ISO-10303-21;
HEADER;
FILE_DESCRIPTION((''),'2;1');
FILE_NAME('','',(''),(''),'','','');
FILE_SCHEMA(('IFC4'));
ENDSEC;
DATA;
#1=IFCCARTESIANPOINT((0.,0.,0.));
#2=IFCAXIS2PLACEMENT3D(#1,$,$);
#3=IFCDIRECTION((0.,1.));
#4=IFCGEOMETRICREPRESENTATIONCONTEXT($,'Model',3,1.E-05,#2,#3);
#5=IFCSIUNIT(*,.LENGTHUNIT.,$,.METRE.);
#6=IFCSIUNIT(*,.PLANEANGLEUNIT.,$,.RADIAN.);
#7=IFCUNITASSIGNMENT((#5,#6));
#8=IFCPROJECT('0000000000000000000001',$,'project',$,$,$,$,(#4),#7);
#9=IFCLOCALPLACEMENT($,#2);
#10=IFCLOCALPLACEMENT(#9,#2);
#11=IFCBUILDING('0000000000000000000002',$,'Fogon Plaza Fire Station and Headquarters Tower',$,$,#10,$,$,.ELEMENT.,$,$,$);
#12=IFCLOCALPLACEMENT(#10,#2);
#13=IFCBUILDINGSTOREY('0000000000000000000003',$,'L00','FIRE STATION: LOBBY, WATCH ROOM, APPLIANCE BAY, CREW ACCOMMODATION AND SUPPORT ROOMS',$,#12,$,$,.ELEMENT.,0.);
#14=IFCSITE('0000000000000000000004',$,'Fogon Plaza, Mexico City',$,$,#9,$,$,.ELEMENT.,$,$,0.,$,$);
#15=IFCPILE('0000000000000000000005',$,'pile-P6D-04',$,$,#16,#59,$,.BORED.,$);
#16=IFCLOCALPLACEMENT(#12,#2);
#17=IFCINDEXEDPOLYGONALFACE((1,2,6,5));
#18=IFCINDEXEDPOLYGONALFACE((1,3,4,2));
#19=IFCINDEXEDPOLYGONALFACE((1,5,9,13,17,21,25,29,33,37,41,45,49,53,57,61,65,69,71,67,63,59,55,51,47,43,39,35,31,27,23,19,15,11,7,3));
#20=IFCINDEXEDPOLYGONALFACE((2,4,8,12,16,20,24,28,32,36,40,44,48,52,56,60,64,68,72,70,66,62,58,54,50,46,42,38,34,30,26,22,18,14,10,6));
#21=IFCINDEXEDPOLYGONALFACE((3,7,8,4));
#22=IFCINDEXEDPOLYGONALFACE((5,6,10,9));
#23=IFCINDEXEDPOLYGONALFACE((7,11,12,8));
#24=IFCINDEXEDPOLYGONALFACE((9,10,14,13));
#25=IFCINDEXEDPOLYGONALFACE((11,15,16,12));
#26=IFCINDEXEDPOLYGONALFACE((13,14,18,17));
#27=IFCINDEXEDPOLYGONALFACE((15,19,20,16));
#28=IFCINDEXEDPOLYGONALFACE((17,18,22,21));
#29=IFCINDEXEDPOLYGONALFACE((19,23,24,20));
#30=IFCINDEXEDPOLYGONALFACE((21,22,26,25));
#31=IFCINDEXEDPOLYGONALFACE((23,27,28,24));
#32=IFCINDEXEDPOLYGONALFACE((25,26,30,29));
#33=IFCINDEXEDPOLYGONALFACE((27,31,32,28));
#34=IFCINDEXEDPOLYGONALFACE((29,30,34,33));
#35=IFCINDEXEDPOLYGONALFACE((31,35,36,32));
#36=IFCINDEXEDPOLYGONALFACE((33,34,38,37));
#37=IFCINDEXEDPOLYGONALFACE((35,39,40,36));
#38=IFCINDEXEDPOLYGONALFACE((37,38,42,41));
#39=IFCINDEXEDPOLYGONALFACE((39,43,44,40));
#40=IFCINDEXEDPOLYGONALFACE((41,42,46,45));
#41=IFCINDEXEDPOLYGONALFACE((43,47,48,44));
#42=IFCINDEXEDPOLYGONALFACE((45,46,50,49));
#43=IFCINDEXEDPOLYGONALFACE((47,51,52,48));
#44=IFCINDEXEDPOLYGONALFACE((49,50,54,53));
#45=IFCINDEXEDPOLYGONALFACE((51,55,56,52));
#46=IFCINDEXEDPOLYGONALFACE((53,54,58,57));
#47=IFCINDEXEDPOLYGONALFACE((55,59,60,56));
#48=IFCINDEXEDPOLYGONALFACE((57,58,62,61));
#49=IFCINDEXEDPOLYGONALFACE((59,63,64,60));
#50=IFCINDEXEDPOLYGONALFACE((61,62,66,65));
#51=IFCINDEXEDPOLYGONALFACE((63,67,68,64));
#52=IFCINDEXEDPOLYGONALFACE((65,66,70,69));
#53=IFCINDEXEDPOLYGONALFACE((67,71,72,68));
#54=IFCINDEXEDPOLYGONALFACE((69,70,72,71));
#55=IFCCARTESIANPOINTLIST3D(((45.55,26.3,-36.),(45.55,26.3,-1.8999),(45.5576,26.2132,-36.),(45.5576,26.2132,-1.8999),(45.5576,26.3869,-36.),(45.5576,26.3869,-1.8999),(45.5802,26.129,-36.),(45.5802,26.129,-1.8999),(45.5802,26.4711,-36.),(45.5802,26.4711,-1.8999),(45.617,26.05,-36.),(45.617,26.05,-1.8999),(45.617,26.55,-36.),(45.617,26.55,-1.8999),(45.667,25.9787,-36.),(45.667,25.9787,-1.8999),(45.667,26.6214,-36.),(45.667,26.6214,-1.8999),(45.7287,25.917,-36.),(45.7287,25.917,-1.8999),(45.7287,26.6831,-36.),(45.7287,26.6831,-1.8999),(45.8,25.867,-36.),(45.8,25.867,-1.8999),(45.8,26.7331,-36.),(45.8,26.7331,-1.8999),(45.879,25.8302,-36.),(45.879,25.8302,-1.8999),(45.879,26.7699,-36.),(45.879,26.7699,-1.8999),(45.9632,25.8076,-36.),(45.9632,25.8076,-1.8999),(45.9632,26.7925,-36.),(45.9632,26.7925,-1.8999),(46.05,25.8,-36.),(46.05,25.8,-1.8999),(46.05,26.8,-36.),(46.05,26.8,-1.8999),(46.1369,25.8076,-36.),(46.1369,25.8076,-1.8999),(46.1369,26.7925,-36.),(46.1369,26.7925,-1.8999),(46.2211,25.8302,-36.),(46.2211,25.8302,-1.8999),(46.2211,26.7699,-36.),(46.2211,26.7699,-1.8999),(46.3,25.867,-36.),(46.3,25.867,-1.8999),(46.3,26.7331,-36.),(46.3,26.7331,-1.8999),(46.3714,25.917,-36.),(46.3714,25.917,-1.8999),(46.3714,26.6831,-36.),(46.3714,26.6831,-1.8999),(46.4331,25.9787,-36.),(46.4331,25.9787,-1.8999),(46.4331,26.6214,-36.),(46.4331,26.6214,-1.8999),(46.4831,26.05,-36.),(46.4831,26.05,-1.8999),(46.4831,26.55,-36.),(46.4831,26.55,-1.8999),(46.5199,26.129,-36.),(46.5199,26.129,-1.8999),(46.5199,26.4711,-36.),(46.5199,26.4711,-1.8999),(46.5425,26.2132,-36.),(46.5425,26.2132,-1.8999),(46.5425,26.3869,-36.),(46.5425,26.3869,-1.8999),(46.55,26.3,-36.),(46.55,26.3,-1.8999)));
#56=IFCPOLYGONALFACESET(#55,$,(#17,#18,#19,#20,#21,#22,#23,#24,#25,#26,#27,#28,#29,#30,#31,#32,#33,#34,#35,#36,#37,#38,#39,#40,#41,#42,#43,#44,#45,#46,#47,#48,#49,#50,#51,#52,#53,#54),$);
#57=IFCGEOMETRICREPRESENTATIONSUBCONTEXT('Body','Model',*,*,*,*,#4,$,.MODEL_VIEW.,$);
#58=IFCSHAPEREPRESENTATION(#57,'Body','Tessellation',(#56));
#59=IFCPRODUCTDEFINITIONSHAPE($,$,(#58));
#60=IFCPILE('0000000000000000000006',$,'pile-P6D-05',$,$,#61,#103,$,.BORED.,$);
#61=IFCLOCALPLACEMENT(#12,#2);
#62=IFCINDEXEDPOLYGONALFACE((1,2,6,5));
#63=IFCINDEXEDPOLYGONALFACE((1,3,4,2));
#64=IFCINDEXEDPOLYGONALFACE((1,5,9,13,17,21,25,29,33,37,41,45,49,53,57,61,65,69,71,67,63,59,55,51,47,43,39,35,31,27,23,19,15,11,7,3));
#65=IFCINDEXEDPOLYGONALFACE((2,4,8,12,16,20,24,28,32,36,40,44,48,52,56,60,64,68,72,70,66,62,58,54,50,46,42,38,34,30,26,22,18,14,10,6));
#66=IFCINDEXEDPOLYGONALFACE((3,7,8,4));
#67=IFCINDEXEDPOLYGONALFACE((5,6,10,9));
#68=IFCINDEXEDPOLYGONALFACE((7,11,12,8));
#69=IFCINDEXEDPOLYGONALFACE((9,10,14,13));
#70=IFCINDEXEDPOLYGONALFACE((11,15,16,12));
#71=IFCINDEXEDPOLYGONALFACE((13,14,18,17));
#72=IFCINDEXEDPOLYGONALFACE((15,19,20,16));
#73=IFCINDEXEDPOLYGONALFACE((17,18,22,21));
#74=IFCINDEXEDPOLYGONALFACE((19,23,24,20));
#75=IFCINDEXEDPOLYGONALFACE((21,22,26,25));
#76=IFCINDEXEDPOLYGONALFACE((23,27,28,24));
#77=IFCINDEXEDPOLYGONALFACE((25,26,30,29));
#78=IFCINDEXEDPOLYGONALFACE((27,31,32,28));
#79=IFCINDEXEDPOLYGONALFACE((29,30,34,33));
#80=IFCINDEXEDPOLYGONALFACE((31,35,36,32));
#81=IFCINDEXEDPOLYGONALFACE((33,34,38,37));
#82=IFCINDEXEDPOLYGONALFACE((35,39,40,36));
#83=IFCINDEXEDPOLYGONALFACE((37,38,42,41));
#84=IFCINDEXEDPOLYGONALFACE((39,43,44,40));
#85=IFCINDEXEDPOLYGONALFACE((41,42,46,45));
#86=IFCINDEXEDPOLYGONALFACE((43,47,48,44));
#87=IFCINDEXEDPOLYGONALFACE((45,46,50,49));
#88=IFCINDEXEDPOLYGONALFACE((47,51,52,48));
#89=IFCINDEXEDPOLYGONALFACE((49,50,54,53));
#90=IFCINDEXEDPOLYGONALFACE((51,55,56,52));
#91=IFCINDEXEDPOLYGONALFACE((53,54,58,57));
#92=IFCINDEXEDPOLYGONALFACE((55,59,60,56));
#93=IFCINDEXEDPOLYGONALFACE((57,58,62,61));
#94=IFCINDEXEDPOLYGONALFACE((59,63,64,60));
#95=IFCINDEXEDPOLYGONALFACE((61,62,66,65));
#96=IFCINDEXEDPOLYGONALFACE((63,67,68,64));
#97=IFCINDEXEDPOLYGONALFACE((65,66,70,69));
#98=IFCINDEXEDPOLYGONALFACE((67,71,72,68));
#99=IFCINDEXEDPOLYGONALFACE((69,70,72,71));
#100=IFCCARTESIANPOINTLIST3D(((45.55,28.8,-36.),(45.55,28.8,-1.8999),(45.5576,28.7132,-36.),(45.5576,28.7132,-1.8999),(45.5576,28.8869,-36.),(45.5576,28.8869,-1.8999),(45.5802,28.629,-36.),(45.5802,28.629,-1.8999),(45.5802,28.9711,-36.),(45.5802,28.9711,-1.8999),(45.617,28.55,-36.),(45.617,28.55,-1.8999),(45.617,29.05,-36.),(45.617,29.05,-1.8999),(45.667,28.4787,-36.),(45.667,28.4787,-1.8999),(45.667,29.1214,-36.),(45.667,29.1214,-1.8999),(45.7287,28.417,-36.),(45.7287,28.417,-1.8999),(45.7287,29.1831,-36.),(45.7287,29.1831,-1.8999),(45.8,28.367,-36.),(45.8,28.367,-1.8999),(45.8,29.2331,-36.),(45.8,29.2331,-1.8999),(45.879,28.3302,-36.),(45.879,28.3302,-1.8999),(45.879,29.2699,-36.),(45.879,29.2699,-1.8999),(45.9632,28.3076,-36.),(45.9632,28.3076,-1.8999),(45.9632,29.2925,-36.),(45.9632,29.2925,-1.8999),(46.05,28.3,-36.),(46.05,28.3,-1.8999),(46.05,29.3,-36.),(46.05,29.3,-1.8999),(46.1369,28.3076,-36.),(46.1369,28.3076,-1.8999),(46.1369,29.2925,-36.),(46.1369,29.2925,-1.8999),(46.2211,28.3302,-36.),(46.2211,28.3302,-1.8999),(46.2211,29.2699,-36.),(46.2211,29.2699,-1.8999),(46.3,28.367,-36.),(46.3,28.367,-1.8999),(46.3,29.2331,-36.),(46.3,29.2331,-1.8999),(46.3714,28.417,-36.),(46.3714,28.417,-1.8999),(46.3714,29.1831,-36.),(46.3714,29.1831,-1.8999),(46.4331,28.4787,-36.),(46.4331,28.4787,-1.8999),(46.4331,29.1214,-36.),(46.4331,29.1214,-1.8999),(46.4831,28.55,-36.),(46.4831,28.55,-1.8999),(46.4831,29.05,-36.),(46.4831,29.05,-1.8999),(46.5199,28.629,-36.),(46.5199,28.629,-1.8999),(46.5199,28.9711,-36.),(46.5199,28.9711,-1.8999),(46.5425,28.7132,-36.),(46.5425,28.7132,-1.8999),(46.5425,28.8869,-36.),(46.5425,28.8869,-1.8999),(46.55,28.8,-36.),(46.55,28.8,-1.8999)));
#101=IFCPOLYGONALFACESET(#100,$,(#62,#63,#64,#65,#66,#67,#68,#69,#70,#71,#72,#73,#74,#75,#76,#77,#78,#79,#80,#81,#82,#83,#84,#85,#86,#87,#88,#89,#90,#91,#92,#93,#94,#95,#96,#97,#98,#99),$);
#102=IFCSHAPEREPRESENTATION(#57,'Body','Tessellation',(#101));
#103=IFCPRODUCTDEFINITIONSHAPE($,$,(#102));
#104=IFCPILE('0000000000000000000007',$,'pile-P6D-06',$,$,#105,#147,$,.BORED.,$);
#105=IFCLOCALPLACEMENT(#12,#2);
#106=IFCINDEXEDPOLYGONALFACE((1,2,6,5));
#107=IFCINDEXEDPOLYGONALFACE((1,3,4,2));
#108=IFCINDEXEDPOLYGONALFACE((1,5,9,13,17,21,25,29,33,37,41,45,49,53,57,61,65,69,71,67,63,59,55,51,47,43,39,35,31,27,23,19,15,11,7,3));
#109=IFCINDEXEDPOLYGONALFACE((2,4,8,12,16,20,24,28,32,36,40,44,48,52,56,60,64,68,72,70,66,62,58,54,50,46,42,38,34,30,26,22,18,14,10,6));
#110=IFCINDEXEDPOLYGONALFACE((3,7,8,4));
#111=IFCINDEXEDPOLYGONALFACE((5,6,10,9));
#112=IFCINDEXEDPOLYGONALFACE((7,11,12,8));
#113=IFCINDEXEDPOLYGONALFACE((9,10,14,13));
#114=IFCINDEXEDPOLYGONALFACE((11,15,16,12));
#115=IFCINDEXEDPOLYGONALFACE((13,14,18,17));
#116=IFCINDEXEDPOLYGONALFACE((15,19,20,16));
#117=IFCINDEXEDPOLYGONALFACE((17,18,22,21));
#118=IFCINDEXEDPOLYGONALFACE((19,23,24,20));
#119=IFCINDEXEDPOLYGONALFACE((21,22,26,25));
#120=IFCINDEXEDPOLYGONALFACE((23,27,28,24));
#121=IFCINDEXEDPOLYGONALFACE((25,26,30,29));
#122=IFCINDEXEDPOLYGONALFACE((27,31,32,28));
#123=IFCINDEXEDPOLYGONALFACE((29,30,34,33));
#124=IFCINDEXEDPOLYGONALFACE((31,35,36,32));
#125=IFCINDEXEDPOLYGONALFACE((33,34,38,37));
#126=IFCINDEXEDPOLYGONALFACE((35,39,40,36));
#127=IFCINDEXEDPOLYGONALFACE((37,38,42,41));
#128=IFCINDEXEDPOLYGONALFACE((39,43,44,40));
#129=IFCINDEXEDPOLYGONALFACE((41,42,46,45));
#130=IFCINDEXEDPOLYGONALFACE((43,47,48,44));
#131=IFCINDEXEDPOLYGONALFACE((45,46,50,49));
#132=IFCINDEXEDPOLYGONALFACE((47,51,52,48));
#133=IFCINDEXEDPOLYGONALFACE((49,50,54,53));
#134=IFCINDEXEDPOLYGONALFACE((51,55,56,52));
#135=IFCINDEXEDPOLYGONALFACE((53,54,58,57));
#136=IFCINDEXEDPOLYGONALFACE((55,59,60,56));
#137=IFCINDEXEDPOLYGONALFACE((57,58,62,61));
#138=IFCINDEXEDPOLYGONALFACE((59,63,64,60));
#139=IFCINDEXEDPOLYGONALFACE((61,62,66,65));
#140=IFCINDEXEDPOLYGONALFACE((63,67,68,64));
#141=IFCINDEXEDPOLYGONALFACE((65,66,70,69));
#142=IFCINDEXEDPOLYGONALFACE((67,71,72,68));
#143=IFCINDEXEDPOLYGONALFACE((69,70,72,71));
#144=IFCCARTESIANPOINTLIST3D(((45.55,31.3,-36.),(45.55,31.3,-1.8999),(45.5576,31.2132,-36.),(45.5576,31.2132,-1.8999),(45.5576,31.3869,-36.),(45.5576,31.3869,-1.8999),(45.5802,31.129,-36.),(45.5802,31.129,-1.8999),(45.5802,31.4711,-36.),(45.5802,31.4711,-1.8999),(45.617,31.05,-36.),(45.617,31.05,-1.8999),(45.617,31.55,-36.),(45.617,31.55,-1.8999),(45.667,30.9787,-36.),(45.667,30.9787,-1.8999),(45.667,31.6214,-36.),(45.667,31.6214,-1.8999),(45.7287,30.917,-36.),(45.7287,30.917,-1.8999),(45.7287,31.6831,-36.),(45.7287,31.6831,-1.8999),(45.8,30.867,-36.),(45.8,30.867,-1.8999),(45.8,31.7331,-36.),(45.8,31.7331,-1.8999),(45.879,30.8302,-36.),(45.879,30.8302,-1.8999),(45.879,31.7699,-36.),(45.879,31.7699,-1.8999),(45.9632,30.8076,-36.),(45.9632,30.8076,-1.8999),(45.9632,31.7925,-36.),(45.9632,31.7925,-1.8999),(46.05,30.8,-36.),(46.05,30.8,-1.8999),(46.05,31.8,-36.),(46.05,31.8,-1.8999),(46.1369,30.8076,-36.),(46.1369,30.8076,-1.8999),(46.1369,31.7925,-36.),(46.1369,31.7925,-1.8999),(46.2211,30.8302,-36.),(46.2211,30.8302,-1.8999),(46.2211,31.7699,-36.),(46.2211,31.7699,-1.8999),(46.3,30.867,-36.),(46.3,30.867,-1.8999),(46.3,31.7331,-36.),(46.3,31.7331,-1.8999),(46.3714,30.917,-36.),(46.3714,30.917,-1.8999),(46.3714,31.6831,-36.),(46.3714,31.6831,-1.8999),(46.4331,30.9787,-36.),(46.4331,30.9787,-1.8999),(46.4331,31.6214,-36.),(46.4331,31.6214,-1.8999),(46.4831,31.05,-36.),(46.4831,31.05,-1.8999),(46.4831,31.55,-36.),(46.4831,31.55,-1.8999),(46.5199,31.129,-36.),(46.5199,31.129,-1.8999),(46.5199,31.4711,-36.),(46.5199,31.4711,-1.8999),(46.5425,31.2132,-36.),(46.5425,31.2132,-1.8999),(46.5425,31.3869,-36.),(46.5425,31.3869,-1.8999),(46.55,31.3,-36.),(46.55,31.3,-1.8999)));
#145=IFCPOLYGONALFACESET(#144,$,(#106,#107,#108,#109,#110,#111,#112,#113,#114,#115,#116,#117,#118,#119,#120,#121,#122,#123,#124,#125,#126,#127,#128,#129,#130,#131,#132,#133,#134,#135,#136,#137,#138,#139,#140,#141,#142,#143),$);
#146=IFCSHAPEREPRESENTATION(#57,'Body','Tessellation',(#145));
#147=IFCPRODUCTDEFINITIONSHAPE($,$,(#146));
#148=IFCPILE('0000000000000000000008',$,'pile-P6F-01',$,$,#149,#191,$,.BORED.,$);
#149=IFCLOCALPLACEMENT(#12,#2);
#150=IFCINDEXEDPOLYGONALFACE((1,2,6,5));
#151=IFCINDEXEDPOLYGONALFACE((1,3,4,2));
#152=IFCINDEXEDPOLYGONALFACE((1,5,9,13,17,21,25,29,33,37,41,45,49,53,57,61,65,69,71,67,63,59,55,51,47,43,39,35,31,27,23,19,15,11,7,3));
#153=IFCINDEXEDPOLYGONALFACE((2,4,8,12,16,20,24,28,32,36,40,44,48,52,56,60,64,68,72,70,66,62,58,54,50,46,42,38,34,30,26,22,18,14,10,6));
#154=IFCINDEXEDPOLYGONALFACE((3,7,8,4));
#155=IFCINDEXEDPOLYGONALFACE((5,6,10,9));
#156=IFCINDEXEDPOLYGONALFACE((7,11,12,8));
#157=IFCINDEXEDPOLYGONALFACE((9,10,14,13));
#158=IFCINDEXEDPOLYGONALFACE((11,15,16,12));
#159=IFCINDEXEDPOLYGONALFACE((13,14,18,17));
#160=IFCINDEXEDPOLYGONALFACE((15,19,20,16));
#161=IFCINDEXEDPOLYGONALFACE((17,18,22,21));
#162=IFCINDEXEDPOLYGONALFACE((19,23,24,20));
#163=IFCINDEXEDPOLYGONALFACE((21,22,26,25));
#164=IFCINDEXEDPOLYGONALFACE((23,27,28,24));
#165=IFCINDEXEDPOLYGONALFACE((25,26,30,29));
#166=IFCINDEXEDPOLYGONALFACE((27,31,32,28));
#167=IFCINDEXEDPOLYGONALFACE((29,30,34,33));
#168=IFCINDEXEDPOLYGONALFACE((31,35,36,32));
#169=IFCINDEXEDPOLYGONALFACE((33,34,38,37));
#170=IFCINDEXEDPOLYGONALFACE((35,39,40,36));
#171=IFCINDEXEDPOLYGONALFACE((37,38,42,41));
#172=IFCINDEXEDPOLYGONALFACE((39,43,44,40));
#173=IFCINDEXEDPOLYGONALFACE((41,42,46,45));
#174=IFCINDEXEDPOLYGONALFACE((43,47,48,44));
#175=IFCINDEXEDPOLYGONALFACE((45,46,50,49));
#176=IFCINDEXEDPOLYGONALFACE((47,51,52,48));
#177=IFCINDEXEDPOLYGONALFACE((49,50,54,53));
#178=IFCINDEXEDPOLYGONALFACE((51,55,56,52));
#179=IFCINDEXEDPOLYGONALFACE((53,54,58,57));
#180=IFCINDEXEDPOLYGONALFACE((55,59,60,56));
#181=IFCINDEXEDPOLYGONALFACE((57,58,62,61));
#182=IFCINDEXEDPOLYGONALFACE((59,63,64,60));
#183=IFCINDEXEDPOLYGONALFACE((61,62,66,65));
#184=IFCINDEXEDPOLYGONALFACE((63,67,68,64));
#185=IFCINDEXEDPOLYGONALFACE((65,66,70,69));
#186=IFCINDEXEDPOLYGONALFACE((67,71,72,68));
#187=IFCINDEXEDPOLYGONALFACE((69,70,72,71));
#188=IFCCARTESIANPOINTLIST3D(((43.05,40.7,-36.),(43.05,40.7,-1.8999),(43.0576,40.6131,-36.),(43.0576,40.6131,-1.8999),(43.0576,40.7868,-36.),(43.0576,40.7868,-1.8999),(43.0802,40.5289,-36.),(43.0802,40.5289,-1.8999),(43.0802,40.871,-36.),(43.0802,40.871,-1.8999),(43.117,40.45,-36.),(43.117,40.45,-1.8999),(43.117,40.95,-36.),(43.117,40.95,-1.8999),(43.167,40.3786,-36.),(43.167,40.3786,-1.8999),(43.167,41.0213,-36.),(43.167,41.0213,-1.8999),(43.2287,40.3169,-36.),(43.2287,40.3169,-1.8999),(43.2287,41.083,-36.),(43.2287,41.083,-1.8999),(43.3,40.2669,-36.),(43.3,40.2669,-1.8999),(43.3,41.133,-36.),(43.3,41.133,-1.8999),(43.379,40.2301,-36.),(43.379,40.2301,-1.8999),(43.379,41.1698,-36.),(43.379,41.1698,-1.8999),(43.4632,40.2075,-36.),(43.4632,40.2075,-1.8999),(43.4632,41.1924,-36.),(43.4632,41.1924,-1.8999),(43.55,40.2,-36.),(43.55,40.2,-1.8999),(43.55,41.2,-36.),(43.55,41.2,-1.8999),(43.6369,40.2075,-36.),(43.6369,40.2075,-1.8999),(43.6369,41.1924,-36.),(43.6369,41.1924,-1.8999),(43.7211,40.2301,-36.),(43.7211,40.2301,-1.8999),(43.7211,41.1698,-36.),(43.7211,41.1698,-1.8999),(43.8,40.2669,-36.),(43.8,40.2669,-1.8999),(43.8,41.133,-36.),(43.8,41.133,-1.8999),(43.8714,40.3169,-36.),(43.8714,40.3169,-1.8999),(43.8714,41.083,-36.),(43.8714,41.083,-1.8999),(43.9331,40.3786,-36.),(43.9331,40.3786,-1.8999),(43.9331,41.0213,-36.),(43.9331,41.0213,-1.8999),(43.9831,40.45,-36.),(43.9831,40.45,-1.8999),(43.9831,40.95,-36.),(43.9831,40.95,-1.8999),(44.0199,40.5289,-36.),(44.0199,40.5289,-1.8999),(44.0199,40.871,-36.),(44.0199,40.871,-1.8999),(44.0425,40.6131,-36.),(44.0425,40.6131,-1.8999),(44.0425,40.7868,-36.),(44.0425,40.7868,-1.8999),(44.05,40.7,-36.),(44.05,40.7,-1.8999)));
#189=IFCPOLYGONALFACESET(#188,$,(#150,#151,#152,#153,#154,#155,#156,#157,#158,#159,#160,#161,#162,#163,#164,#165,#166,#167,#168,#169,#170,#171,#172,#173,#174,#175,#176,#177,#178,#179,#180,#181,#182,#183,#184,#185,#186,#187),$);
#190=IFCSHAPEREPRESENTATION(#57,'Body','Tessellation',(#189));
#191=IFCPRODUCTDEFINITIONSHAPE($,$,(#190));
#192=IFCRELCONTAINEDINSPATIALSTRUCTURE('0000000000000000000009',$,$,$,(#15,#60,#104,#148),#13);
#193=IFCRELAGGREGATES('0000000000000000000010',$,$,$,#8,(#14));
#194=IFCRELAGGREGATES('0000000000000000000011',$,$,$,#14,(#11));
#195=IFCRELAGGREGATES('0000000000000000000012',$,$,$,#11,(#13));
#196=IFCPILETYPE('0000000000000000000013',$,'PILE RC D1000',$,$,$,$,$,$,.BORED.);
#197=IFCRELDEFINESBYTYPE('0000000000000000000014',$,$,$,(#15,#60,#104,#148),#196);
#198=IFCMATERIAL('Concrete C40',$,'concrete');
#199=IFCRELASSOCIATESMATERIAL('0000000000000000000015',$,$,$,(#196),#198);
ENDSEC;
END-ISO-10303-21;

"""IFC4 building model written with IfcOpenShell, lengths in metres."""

from ifc_helpers import new_model, si_unit, direction, frame, origin, origin_2d, place, context, subcontext, project, spatial, circle, extrude, material, material_profile, profile_set, type_object, element, save


model = new_model("IFC4")

# Units and contexts
model_context = context("Model", 3, precision=1e-05, world=origin(), true_north=direction((0.0, 1.0)))
body_context = subcontext(model_context, "Body", "Model", "MODEL_VIEW")
ifc_project = project(units=[si_unit("LENGTHUNIT", "METRE"), si_unit("PLANEANGLEUNIT", "RADIAN")], contexts=[model_context])

# Site, building, storey
site_placement = place(None, origin())
site = spatial("IfcSite", under=ifc_project, at=site_placement, Name="Fogon Plaza, Mexico City", CompositionType="ELEMENT", RefElevation=0.0)
building_placement = place(site_placement, origin())
building = spatial("IfcBuilding", under=site, at=building_placement, Name="Fogon Plaza Fire Station and Headquarters Tower", CompositionType="ELEMENT")
storey_placement = place(building_placement, origin())
storey = spatial("IfcBuildingStorey", under=building, at=storey_placement, Name="L00", Description="FIRE STATION: LOBBY, WATCH ROOM, APPLIANCE BAY, CREW ACCOMMODATION AND SUPPORT ROOMS", CompositionType="ELEMENT", Elevation=0.0)

# Piles
ifc_material_1 = material(Name="Concrete C40", Category="concrete")
ifc_material_profile_1 = material_profile(ifc_material_1, circle(Radius=0.5, at=origin_2d()), Name="RC D1000")
ifc_profile_set_1 = profile_set([ifc_material_profile_1], Name="Concrete C40")
pile_type = type_object("IfcPileType", Name="PILE RC D1000", PredefinedType="BORED", material=ifc_profile_set_1)
for number, where, z_axis, x_axis, name in (
    (1, (46.05, 26.3, -1.8999), (0.0, 0.0, -1.0), (1.0, 0.0, 0.0), "pile-P6D-04"),
    (2, (46.05, 28.8, -1.8999), (0.0, 0.0, -1.0), (1.0, 0.0, 0.0), "pile-P6D-05"),
    (3, (46.05, 31.3, -1.8999), (0.0, 0.0, -1.0), (1.0, 0.0, 0.0), "pile-P6D-06"),
    (4, (43.55, 40.7, -1.8999), (0.0, 0.0, -1.0), (1.0, 0.0, 0.0), "pile-P6F-01"),
):
    element("IfcPile", number, at=place(storey_placement, frame(where, z_axis=z_axis, x_axis=x_axis)), inside=storey, type_object=pile_type, Name=name, PredefinedType="BORED", context=body_context, shape_type="SweptSolid", body=[
        extrude(circle(Radius=0.5, at=origin_2d()), origin(), (0.0, 0.0, 1.0), 34.1001),
    ])

save(model, "model.ifc")
